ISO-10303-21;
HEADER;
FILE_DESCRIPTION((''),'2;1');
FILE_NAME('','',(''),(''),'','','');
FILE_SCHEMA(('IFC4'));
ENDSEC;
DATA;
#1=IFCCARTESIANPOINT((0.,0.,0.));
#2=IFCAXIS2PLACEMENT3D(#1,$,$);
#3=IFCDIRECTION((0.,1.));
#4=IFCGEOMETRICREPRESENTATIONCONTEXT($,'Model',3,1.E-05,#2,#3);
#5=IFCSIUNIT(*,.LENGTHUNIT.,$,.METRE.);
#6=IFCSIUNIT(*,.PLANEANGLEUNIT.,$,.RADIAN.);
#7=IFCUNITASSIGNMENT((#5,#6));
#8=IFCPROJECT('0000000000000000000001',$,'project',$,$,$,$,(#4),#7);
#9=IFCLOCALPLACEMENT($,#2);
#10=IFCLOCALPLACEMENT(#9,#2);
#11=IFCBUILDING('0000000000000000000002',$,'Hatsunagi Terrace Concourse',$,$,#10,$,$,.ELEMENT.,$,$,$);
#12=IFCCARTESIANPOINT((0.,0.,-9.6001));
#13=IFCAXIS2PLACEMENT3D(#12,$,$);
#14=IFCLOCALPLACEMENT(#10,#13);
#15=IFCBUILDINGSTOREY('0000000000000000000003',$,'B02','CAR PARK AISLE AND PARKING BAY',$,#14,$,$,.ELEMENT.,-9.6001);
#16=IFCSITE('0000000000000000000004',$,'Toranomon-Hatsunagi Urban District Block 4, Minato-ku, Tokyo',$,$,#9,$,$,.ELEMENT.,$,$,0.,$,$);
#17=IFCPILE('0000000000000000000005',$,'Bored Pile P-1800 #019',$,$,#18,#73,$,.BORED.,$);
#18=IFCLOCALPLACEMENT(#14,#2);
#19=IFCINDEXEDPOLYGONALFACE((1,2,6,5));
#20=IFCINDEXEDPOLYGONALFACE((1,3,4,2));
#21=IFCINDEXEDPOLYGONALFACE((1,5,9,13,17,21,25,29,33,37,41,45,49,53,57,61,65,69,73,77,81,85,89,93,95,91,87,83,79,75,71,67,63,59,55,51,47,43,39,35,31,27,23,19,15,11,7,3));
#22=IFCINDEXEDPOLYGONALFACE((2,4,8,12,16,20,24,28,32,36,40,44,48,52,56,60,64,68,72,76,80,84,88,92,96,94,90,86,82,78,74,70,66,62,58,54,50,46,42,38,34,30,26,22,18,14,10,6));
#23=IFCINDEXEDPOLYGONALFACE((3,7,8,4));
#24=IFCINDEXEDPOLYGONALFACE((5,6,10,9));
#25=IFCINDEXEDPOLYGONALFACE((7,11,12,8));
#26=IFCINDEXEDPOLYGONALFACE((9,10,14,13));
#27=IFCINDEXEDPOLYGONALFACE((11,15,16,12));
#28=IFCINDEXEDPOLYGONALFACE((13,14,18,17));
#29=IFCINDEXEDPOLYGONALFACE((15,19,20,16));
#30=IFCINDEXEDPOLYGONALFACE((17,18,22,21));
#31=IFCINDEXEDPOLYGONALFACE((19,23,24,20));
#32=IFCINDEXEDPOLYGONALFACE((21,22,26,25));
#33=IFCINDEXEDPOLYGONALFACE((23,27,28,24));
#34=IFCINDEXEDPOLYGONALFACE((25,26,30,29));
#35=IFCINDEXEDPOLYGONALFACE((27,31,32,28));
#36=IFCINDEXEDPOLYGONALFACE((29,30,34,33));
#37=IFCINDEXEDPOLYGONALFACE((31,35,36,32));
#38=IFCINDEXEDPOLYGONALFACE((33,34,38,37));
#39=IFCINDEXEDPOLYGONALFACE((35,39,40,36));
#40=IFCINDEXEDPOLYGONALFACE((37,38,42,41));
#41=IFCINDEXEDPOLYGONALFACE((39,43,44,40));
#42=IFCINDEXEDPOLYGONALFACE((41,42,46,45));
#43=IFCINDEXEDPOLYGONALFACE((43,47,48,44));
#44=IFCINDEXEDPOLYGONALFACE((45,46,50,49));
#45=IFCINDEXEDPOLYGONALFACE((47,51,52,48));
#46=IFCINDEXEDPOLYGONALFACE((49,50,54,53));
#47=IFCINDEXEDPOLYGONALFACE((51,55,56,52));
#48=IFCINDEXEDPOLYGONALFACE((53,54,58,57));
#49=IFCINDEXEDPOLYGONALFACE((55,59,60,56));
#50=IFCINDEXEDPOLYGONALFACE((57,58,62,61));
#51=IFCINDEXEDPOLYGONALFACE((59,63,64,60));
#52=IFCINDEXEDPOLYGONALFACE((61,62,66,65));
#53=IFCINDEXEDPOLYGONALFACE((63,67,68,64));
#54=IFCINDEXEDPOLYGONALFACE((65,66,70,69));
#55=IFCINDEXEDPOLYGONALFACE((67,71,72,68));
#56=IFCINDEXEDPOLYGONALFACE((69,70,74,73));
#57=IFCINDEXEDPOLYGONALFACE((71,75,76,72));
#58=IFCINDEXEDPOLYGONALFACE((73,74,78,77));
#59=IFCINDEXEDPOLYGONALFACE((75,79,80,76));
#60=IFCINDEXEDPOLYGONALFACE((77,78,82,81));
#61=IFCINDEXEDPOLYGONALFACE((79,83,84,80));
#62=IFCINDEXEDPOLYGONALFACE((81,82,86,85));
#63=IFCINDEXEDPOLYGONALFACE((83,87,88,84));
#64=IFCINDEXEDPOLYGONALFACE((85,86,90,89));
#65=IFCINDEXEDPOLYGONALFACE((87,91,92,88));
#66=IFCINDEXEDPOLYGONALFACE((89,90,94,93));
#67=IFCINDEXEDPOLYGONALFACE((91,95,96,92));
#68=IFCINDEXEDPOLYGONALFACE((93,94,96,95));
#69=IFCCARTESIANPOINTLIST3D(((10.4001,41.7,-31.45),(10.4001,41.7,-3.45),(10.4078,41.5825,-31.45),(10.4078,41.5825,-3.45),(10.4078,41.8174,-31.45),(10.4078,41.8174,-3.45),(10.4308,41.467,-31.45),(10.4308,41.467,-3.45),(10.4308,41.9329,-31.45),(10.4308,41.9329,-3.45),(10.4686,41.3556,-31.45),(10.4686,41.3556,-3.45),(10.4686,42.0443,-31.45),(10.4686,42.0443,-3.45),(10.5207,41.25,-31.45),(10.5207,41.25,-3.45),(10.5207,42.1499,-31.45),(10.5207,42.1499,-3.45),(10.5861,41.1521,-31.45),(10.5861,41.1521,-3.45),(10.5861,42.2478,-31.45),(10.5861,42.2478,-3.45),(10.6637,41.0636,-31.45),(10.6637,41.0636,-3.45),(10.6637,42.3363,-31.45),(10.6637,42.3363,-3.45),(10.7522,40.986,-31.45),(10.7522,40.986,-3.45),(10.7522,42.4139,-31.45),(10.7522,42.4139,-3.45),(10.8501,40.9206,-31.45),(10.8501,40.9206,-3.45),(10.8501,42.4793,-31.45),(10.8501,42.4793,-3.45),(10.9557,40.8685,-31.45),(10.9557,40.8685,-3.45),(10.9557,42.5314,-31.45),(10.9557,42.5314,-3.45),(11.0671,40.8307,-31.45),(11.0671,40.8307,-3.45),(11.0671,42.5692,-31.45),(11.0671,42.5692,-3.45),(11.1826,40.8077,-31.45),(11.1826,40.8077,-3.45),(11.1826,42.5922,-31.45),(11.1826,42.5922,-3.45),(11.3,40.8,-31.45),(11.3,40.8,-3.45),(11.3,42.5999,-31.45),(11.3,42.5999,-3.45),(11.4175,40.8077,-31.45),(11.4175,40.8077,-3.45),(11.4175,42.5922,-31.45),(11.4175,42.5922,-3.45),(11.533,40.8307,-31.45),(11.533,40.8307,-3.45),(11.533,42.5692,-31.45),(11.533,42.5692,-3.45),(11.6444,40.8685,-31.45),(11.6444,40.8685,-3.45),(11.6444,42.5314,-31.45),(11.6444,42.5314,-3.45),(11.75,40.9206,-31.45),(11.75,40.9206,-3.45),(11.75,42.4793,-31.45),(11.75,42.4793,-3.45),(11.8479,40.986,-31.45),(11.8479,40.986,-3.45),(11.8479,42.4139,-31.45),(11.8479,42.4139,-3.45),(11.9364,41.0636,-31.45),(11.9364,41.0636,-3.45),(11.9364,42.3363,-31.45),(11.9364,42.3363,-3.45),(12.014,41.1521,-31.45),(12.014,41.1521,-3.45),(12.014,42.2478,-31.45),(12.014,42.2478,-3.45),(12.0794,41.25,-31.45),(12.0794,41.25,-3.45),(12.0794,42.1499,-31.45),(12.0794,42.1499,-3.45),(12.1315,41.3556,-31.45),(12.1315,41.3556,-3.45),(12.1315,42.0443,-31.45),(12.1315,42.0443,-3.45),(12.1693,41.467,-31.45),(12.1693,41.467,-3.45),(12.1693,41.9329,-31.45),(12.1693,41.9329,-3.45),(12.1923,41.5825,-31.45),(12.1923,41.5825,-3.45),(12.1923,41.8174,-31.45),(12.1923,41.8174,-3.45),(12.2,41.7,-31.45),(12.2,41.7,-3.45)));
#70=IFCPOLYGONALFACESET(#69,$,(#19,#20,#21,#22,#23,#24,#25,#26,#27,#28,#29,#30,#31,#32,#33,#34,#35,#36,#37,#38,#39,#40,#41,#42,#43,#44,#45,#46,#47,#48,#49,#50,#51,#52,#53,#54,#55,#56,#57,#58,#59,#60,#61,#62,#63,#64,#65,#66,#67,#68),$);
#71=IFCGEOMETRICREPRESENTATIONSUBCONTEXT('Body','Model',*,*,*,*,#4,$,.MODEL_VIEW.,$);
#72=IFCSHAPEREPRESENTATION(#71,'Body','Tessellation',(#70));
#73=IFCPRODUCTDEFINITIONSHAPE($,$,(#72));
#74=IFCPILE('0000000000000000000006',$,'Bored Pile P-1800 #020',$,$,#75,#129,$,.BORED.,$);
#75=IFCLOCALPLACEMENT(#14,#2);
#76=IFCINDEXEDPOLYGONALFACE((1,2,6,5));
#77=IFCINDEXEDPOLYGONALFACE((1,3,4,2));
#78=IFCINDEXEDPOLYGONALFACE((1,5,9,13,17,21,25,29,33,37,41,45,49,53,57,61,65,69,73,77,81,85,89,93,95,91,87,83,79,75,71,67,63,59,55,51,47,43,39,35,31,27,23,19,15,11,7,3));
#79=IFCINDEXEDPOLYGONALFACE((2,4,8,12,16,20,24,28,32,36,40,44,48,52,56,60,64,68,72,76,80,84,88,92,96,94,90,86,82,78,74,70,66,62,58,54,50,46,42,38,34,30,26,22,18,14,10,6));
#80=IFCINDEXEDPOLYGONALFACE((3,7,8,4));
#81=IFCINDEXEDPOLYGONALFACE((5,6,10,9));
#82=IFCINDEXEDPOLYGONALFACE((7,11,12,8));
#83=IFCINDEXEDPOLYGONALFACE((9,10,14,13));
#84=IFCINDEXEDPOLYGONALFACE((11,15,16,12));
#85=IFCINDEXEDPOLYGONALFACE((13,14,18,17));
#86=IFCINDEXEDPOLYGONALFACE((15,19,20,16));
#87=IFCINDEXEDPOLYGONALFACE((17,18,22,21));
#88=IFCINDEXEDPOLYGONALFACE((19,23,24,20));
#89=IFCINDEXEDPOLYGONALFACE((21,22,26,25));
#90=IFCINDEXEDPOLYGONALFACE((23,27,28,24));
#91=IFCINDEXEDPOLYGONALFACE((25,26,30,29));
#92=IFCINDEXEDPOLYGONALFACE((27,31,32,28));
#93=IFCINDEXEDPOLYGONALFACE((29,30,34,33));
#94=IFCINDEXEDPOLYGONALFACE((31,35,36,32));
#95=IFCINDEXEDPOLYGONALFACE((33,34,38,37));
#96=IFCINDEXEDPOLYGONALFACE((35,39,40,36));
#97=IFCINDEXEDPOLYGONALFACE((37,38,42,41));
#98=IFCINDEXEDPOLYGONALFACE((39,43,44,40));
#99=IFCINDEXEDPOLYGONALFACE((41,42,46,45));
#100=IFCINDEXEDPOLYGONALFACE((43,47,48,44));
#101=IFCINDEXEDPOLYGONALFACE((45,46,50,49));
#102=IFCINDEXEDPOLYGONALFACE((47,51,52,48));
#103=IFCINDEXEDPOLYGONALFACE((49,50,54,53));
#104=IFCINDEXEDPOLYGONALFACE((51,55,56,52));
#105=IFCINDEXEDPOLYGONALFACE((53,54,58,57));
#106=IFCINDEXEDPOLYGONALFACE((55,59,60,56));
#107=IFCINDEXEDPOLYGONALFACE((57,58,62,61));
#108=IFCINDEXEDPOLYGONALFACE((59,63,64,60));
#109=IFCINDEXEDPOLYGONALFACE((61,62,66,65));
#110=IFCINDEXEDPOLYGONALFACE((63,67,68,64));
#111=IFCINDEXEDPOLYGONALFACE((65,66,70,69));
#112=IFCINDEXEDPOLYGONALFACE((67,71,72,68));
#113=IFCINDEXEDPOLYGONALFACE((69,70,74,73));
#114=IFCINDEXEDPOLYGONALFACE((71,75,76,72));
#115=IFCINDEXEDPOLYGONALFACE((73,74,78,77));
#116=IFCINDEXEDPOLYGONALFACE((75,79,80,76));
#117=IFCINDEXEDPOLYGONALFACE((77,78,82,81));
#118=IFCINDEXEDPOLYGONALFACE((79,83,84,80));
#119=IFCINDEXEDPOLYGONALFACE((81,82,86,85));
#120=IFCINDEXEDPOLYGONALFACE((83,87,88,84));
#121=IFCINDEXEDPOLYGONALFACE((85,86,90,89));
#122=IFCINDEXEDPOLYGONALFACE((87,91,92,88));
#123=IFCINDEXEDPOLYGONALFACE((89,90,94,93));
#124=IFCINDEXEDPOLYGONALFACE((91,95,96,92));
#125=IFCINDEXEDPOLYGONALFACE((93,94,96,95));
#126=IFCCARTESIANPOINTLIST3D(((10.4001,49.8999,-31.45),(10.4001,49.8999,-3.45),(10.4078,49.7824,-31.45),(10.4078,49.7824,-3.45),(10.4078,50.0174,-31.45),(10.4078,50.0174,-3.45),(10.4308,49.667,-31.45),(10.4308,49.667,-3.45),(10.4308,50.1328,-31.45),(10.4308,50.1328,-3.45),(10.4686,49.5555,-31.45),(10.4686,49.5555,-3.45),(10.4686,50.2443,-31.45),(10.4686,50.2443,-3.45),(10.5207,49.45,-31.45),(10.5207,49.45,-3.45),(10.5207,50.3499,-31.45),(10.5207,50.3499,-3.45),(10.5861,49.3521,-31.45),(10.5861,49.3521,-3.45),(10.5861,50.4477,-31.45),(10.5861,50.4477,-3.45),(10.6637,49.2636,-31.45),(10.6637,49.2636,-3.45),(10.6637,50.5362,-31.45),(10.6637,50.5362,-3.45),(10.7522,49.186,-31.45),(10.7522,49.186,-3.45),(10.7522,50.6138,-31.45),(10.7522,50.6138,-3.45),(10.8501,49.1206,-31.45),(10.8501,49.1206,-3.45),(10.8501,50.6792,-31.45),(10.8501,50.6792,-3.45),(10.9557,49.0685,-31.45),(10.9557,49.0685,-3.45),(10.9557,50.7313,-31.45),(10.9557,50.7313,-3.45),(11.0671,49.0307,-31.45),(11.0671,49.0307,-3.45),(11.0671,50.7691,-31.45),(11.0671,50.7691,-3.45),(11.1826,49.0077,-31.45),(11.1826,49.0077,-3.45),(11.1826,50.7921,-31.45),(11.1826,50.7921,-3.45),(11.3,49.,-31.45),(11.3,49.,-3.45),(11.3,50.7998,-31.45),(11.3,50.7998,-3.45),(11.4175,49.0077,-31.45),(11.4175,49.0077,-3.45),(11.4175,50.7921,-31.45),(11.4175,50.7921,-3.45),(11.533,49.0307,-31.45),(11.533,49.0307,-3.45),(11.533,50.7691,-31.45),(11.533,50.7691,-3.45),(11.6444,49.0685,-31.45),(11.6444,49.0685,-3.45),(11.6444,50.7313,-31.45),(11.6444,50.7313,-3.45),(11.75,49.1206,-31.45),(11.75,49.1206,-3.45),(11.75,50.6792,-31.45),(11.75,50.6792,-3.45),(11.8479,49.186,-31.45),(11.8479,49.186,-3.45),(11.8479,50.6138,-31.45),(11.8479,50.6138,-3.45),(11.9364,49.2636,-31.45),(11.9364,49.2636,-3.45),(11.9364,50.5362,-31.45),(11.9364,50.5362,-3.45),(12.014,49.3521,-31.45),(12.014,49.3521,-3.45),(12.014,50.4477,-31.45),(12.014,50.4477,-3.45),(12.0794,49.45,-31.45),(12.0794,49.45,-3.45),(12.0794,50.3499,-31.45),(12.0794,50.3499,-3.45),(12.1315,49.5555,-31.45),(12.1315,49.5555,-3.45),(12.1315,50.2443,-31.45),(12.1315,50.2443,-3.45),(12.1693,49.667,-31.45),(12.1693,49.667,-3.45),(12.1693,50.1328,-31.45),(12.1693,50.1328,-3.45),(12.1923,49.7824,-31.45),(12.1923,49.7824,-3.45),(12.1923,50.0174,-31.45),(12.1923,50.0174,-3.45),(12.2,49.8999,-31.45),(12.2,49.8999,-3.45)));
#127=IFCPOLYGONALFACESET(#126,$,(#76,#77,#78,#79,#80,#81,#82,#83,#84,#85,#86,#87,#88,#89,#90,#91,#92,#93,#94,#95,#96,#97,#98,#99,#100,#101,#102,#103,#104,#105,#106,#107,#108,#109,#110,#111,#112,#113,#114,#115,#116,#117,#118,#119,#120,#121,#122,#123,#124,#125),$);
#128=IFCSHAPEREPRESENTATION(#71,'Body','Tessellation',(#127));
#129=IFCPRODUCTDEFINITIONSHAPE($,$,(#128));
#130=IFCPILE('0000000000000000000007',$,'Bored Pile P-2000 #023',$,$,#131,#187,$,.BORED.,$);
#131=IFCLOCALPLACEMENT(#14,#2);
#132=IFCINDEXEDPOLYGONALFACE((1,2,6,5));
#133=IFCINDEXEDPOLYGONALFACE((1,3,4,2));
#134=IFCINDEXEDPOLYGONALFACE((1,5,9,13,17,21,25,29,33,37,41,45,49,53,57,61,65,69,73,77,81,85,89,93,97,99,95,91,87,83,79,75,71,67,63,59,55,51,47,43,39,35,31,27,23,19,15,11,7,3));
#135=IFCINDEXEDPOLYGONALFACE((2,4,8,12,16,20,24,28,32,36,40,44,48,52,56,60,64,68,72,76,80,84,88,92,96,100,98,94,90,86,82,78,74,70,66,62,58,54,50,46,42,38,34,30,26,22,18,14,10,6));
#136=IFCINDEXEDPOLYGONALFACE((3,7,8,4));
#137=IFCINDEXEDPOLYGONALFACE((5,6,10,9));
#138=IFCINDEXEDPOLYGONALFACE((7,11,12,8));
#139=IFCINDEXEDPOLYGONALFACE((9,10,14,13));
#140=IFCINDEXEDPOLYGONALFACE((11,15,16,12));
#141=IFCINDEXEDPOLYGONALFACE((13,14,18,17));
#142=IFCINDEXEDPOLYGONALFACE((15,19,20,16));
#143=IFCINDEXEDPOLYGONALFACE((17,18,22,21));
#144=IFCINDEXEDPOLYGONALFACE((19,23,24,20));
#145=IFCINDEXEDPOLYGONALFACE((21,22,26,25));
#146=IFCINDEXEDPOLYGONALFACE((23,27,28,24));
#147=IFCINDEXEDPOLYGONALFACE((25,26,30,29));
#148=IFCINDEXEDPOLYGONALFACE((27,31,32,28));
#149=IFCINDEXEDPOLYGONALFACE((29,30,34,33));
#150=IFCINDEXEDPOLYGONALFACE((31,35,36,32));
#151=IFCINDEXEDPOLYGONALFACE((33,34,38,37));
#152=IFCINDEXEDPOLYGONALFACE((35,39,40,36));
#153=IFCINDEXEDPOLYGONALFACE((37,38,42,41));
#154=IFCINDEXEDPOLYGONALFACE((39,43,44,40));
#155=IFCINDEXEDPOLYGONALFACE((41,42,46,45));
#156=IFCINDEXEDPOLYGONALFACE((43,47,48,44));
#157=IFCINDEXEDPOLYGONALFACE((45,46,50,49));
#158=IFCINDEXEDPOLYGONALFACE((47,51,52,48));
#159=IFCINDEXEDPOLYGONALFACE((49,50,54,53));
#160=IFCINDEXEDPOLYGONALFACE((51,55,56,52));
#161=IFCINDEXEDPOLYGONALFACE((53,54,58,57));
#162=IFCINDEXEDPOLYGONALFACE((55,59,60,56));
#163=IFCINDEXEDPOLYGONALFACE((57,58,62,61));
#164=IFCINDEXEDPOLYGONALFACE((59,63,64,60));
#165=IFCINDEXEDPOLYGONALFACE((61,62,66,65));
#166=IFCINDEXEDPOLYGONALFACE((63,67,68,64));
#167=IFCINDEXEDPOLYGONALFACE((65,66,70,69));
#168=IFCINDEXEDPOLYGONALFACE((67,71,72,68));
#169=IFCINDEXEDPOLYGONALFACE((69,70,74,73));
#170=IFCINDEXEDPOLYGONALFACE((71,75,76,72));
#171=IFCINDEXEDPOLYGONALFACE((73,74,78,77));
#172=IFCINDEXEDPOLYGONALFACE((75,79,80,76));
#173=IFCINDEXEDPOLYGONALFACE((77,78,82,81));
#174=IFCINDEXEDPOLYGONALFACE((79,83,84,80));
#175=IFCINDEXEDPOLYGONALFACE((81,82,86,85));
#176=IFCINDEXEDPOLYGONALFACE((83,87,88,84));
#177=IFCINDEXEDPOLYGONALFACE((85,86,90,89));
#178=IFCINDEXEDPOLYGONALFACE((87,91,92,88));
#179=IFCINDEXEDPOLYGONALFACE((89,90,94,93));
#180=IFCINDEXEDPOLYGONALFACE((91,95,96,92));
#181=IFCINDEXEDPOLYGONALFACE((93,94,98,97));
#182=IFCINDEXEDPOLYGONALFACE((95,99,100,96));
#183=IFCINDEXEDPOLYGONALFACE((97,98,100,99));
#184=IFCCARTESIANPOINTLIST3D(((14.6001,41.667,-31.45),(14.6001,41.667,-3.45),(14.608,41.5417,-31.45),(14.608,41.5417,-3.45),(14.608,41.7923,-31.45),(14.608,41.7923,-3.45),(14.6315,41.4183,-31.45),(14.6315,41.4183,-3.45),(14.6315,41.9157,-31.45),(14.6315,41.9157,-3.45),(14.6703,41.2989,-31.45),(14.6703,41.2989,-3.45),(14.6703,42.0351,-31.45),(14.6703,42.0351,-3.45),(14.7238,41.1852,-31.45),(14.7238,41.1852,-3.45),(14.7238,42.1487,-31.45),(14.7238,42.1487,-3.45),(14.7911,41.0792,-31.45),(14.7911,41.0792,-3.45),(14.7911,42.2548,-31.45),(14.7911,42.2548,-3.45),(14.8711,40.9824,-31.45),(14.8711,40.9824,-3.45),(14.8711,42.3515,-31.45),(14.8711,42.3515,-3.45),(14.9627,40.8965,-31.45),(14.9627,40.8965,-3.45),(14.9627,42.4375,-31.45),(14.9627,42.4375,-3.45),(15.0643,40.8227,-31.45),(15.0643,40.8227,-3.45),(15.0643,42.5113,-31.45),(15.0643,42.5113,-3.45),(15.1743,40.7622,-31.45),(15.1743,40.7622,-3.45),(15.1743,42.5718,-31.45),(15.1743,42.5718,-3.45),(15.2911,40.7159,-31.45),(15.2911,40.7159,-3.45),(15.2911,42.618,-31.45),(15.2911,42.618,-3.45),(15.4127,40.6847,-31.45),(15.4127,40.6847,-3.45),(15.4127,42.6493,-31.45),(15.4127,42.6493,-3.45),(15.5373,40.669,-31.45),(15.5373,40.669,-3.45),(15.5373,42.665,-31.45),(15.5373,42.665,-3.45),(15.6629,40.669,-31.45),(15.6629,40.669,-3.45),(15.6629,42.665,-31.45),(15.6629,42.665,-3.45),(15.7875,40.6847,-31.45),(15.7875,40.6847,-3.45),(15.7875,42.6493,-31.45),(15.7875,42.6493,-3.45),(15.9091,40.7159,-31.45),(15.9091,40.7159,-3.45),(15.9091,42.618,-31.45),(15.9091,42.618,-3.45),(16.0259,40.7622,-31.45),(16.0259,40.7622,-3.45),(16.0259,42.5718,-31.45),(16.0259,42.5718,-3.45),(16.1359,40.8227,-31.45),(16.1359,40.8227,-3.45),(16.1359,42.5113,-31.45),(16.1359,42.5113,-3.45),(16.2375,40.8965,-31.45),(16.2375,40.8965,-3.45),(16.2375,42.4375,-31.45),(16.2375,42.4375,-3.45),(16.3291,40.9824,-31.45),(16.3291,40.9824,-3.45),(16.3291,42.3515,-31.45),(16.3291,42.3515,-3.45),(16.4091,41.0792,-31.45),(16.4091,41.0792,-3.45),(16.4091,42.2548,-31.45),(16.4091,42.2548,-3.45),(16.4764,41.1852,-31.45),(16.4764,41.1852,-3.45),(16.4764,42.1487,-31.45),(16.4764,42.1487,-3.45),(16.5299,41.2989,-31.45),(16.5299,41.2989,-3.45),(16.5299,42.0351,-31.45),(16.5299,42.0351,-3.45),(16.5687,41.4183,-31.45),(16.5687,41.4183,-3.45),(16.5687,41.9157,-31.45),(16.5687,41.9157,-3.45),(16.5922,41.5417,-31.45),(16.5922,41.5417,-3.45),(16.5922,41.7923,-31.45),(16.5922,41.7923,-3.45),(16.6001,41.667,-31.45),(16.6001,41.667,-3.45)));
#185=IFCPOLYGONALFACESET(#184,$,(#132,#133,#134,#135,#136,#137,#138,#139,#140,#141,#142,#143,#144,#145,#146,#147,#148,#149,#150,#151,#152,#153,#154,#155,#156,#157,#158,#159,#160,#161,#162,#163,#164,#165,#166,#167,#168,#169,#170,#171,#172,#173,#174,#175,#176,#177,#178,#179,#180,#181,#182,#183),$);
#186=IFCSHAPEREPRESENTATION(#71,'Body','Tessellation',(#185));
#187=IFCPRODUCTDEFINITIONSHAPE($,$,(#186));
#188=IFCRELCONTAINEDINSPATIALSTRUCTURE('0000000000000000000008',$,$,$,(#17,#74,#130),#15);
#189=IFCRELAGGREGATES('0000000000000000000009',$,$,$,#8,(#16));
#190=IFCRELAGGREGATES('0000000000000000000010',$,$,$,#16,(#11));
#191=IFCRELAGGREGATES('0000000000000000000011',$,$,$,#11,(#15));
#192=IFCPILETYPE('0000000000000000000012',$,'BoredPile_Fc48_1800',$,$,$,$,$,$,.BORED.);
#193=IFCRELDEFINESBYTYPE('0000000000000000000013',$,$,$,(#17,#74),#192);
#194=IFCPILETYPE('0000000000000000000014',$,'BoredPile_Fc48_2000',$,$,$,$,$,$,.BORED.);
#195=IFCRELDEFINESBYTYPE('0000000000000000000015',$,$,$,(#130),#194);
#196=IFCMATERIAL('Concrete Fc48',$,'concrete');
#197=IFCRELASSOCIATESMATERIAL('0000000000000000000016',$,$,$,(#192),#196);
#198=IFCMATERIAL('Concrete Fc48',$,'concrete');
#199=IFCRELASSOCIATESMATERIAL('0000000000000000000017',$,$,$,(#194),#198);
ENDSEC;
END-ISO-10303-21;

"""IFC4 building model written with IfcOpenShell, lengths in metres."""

from ifc_helpers import new_model, si_unit, direction, frame, origin, origin_2d, place, context, subcontext, project, spatial, circle, extrude, material, material_profile, profile_set, type_object, element, save


model = new_model("IFC4")

# Units and contexts
model_context = context("Model", 3, precision=1e-05, world=origin(), true_north=direction((0.0, 1.0)))
body_context = subcontext(model_context, "Body", "Model", "MODEL_VIEW")
ifc_project = project(units=[si_unit("LENGTHUNIT", "METRE"), si_unit("PLANEANGLEUNIT", "RADIAN")], contexts=[model_context])

# Site, building, storey
site_placement = place(None, origin())
site = spatial("IfcSite", under=ifc_project, at=site_placement, Name="Toranomon-Hatsunagi Urban District Block 4, Minato-ku, Tokyo", CompositionType="ELEMENT", RefElevation=0.0)
building_placement = place(site_placement, origin())
building = spatial("IfcBuilding", under=site, at=building_placement, Name="Hatsunagi Terrace Concourse", CompositionType="ELEMENT")
storey_placement = place(building_placement, frame((0.0, 0.0, -9.6001)))
storey = spatial("IfcBuildingStorey", under=building, at=storey_placement, Name="B02", Description="CAR PARK AISLE AND PARKING BAY", CompositionType="ELEMENT", Elevation=-9.6001)

# Piles
ifc_material_1 = material(Name="Concrete Fc48", Category="concrete")
ifc_material_profile_1 = material_profile(ifc_material_1, circle(Radius=0.8999, at=origin_2d()), Name="PILE-1800")
ifc_profile_set_1 = profile_set([ifc_material_profile_1], Name="Concrete Fc48")
pile_type_1 = type_object("IfcPileType", Name="BoredPile_Fc48_1800", PredefinedType="BORED", material=ifc_profile_set_1)
for number, where, z_axis, x_axis, name in (
    (1, (11.3, 41.7, -3.45), (0.0, 0.0, -1.0), (1.0, 0.0, 0.0), "Bored Pile P-1800 #019"),
    (2, (11.3, 49.8999, -3.45), (0.0, 0.0, -1.0), (1.0, 0.0, 0.0), "Bored Pile P-1800 #020"),
):
    element("IfcPile", number, at=place(storey_placement, frame(where, z_axis=z_axis, x_axis=x_axis)), inside=storey, type_object=pile_type_1, Name=name, PredefinedType="BORED", context=body_context, shape_type="SweptSolid", body=[
        extrude(circle(Radius=0.8999, at=origin_2d()), origin(), (0.0, 0.0, 1.0), 28.0),
    ])
ifc_material_2 = material(Name="Concrete Fc48", Category="concrete")
ifc_material_profile_2 = material_profile(ifc_material_2, circle(Radius=1.0, at=origin_2d()), Name="PILE-2000")
ifc_profile_set_2 = profile_set([ifc_material_profile_2], Name="Concrete Fc48")
pile_type_2 = type_object("IfcPileType", Name="BoredPile_Fc48_2000", PredefinedType="BORED", material=ifc_profile_set_2)
for number, where, z_axis, x_axis, name in (
    (3, (15.6001, 41.667, -3.45), (0.0, 0.0, -1.0), (1.0, 0.0, 0.0), "Bored Pile P-2000 #023"),
):
    element("IfcPile", number, at=place(storey_placement, frame(where, z_axis=z_axis, x_axis=x_axis)), inside=storey, type_object=pile_type_2, Name=name, PredefinedType="BORED", context=body_context, shape_type="SweptSolid", body=[
        extrude(circle(Radius=1.0, at=origin_2d()), origin(), (0.0, 0.0, 1.0), 28.0),
    ])

save(model, "model.ifc")
